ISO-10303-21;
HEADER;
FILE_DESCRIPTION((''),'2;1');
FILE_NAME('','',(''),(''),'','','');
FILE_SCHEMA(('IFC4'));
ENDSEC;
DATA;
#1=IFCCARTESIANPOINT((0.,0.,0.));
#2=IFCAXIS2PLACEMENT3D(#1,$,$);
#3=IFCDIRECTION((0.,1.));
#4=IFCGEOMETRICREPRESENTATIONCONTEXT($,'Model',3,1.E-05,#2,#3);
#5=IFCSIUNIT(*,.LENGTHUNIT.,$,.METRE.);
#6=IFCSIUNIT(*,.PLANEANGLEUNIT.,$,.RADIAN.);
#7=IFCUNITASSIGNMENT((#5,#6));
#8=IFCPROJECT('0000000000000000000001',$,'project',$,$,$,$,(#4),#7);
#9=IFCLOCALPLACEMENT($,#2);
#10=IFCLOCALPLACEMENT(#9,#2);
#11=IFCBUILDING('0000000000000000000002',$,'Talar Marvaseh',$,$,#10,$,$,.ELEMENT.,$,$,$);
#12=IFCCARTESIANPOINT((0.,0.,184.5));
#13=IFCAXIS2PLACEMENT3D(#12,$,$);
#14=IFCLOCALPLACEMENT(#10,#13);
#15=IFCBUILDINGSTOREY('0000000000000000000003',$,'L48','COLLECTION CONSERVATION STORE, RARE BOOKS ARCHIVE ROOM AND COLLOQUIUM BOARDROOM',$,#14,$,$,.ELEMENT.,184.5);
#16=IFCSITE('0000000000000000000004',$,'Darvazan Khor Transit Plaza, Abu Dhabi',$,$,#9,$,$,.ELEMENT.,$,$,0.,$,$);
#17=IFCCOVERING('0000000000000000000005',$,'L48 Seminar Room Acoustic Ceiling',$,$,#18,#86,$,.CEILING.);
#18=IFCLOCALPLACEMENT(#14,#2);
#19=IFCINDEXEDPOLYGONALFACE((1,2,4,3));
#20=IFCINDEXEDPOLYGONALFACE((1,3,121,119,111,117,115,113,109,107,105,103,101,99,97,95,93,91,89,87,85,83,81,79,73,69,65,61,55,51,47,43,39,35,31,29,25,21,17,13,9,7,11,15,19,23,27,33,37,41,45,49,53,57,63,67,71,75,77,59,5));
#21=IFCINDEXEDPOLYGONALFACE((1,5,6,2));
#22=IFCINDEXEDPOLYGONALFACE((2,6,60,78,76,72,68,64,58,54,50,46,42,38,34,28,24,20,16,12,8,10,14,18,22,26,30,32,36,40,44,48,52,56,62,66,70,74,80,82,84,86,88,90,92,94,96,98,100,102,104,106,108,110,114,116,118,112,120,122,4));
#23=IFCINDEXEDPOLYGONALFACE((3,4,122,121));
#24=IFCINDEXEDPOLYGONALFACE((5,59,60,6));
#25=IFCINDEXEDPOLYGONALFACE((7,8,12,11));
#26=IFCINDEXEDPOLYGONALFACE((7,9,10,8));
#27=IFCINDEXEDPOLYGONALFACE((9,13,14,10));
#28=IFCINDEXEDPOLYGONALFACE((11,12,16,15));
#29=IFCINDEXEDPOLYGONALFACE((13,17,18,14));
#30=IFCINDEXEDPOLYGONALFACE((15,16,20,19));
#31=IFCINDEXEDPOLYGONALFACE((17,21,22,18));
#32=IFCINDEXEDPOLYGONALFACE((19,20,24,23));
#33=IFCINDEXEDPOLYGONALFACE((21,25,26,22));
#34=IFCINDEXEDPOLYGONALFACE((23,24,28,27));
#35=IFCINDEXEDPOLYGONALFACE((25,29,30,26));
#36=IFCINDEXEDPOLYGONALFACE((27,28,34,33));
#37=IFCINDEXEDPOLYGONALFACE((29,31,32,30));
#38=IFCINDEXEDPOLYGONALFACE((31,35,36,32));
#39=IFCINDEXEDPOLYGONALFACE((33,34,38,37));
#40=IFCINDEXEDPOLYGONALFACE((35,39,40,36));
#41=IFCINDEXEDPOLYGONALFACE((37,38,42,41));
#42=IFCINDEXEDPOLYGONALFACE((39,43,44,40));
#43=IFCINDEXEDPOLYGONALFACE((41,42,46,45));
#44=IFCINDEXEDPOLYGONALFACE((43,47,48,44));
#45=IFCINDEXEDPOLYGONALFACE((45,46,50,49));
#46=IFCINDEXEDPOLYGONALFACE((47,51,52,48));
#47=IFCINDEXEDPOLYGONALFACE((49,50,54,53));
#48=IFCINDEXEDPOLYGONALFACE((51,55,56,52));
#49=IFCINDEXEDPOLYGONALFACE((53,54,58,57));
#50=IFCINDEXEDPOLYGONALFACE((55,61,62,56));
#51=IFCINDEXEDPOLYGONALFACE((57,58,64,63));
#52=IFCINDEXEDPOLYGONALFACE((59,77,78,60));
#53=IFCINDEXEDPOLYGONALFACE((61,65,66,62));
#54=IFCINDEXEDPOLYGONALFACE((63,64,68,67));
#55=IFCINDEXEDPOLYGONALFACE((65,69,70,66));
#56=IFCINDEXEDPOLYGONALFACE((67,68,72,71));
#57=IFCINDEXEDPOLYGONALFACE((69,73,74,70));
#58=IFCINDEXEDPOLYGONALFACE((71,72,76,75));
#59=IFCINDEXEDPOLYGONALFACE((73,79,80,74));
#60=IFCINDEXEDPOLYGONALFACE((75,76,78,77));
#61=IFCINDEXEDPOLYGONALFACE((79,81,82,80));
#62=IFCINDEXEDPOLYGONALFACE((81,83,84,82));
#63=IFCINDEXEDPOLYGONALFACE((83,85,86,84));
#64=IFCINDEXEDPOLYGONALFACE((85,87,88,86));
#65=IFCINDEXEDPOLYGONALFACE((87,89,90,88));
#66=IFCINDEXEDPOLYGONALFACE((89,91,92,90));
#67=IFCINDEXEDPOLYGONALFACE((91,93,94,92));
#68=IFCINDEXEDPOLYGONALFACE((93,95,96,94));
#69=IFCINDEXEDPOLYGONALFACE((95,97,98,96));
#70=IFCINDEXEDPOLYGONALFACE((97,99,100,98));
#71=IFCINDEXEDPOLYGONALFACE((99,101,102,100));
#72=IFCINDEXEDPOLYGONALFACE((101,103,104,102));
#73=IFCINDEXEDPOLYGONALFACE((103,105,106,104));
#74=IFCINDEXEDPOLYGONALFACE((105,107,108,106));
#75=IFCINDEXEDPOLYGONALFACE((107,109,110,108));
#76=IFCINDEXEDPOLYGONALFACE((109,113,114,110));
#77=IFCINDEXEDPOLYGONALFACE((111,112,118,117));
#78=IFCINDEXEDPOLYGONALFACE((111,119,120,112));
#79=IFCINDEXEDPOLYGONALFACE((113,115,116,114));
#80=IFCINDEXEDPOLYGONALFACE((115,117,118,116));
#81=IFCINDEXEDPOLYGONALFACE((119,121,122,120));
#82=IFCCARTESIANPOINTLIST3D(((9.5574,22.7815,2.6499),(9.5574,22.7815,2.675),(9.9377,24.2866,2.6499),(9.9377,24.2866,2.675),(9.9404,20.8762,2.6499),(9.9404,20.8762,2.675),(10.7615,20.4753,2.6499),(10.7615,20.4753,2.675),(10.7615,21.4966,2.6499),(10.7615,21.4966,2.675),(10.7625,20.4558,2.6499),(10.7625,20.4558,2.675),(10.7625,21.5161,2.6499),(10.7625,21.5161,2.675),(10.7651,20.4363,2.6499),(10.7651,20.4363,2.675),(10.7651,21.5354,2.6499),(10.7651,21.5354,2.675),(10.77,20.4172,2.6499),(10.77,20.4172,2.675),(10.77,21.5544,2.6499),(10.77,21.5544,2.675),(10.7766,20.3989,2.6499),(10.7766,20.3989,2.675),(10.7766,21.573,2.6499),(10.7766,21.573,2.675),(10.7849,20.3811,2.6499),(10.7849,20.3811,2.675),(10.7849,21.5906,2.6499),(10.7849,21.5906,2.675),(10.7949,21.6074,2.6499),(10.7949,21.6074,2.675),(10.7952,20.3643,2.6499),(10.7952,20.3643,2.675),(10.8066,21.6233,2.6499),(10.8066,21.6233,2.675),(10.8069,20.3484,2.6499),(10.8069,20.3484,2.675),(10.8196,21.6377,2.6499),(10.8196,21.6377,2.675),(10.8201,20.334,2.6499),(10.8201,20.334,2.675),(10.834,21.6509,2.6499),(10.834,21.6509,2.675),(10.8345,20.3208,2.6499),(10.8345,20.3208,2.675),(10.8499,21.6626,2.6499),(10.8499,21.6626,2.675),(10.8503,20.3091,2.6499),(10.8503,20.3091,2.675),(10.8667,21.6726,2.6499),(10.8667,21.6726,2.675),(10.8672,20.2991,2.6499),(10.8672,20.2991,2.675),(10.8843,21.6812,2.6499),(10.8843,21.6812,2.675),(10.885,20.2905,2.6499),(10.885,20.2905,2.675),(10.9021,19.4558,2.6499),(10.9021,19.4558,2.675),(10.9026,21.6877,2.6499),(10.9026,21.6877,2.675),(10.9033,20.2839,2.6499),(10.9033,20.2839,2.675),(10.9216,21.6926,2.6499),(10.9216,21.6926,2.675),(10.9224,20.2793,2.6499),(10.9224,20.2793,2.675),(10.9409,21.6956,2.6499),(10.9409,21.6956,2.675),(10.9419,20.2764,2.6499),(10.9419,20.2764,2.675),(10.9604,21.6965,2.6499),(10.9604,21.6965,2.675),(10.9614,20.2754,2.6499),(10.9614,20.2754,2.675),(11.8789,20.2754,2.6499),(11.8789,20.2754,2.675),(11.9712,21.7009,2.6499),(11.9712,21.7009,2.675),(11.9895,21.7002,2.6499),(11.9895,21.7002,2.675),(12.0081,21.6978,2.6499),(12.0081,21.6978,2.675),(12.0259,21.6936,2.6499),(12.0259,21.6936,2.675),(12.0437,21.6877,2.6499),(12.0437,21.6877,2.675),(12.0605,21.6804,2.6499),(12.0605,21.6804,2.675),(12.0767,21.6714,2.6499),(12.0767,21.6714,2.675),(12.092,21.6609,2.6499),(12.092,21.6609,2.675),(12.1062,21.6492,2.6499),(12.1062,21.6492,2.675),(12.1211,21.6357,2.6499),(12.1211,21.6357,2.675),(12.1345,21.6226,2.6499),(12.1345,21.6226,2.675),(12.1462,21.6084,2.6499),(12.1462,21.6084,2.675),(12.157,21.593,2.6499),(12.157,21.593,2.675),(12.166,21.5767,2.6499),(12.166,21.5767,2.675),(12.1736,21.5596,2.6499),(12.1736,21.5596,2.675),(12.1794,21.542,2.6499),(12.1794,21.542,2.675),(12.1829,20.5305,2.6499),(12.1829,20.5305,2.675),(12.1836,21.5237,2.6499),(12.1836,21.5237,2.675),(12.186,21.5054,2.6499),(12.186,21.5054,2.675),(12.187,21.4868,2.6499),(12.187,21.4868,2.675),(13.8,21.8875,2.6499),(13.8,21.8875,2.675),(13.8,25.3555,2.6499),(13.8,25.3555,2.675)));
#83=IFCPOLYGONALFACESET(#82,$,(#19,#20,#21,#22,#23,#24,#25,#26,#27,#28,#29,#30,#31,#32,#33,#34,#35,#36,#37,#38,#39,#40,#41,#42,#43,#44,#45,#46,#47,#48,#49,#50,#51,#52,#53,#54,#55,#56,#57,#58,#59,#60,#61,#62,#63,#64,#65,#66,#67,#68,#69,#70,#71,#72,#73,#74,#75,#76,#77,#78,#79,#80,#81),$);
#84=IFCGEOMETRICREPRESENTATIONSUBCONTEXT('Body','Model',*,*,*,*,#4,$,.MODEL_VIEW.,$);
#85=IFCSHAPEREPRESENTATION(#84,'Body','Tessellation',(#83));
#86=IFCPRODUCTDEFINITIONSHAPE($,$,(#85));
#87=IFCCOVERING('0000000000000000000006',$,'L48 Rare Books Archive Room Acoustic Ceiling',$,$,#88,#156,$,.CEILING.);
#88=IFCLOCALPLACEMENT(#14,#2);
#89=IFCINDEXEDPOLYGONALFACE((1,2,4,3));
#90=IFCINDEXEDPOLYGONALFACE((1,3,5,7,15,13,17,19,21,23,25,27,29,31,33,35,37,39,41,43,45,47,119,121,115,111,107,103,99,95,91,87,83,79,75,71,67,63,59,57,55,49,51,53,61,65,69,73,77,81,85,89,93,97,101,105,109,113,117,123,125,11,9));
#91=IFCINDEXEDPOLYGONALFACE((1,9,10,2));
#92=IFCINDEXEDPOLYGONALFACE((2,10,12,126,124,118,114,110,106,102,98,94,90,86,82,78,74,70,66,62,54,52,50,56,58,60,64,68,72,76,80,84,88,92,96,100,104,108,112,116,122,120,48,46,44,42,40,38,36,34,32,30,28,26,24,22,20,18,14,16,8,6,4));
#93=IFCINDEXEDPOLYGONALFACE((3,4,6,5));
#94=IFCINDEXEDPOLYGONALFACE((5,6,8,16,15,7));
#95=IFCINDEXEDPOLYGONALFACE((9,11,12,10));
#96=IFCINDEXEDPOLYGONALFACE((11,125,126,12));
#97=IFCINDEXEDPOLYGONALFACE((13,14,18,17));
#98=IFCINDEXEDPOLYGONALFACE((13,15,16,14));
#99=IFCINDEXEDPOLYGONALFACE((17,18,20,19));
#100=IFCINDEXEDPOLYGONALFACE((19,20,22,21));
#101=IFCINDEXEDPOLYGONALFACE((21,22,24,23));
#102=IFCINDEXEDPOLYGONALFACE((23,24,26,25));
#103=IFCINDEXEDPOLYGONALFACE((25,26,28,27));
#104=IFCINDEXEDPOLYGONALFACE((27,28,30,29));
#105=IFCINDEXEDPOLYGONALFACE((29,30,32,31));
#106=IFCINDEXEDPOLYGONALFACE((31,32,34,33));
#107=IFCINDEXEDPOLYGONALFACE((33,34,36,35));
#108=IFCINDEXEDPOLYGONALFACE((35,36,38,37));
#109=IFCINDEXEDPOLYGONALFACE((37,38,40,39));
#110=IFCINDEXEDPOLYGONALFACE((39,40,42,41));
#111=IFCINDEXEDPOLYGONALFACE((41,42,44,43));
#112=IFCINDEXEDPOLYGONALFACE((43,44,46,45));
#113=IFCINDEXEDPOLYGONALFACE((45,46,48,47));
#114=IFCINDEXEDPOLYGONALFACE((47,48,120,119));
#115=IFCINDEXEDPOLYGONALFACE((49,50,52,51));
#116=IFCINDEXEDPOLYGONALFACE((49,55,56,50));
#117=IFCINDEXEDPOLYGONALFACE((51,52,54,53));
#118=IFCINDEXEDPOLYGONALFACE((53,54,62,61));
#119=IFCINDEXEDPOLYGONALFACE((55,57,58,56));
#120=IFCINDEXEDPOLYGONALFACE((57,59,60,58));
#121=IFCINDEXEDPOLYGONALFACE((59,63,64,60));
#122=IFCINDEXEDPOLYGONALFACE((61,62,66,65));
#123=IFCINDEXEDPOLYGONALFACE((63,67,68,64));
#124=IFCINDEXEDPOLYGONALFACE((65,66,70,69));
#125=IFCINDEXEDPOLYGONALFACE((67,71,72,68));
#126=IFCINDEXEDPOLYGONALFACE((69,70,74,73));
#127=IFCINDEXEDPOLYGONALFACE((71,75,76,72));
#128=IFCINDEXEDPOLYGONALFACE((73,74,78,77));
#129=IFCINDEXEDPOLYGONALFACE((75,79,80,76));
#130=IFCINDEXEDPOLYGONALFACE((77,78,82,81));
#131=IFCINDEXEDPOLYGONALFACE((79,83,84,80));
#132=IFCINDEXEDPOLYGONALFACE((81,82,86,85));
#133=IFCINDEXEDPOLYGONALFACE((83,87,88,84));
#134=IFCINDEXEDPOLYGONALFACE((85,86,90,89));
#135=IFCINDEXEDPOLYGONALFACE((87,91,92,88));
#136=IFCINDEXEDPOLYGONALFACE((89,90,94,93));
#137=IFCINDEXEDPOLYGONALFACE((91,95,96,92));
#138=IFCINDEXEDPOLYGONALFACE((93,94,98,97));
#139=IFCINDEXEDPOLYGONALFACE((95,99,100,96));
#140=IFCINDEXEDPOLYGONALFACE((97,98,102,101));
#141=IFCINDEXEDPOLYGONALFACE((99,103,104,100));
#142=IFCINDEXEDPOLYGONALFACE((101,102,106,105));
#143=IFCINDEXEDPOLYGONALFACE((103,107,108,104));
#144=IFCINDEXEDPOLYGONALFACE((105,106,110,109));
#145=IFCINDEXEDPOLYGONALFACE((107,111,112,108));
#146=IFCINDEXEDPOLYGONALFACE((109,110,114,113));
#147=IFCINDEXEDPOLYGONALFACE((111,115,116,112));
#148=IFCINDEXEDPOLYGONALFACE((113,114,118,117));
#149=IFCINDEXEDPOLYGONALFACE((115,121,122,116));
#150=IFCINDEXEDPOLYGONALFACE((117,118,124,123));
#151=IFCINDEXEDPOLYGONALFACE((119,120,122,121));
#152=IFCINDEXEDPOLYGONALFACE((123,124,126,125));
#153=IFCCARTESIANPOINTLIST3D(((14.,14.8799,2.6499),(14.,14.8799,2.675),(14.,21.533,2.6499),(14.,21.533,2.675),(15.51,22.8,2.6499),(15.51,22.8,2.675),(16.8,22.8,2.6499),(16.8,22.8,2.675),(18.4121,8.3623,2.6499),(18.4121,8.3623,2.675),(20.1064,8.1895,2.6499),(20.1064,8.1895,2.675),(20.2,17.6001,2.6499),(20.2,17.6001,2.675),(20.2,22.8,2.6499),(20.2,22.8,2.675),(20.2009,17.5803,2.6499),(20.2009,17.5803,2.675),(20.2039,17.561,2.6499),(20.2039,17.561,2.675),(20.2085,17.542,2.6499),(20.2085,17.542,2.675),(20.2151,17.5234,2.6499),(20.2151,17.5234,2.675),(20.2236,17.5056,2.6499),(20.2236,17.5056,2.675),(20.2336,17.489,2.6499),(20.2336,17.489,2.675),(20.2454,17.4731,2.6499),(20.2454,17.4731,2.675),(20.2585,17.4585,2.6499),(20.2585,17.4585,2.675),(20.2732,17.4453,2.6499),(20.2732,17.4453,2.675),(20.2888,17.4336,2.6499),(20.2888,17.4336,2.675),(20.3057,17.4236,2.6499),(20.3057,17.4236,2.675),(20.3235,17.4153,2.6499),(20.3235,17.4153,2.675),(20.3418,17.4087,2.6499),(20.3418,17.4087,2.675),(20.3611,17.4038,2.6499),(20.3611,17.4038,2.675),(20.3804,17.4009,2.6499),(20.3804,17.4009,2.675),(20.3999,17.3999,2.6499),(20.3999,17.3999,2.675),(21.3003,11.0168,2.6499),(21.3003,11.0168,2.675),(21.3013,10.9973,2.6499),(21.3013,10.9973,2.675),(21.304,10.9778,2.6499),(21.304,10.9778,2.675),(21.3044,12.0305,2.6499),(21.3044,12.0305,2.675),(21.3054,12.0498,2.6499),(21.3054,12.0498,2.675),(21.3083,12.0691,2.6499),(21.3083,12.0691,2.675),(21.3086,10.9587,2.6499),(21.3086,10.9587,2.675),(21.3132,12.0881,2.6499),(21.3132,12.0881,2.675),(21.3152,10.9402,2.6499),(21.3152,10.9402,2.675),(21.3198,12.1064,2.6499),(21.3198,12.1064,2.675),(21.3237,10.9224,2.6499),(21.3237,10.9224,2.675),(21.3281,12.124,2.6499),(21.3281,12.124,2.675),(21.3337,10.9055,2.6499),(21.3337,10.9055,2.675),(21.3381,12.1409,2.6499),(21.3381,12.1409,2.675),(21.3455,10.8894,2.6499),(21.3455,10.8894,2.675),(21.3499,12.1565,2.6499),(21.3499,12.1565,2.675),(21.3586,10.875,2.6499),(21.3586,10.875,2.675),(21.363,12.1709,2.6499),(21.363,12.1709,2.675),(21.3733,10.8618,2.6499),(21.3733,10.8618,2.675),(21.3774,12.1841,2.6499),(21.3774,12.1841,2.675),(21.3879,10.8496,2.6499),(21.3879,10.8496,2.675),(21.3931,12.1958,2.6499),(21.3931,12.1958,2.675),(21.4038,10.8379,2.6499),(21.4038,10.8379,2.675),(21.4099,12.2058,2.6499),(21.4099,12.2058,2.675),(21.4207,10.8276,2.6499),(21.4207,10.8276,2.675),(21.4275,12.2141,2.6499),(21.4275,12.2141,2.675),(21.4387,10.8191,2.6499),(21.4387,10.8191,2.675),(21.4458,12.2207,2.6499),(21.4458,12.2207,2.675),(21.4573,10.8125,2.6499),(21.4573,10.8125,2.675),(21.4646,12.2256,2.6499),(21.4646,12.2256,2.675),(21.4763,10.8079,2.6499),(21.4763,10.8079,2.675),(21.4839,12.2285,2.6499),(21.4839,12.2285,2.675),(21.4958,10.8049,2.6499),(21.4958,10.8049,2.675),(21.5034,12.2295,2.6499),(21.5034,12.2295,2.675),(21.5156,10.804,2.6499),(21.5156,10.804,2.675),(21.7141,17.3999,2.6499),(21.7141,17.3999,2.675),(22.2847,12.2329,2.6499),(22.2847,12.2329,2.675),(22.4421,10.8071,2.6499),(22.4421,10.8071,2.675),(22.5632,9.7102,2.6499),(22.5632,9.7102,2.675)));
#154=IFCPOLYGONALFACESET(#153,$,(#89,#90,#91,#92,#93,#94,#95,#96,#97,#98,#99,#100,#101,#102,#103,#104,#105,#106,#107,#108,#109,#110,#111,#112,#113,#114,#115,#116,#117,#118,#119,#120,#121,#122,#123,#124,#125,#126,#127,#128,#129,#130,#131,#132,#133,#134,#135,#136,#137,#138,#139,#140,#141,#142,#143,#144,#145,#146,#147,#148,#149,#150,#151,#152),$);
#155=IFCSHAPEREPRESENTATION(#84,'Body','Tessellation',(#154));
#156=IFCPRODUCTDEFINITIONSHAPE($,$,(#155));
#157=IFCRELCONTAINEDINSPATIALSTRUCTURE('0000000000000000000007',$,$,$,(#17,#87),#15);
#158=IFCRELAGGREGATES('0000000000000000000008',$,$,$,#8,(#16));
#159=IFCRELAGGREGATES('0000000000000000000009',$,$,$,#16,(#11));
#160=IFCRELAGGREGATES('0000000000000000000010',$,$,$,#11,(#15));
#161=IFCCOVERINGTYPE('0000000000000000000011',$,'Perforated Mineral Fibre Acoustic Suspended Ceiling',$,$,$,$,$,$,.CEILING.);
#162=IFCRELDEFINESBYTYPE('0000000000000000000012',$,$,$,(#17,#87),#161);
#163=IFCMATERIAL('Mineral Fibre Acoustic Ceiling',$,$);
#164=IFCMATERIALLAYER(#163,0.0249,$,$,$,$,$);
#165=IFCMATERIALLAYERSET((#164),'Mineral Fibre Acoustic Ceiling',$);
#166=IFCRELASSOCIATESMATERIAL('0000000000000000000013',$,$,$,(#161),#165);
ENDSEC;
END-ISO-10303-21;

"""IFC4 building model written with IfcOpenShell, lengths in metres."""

from ifc_helpers import new_model, si_unit, direction, frame, origin, place, context, subcontext, project, spatial, polyline, outline, extrude, material, layer, layer_set, type_object, element, save


model = new_model("IFC4")

# Units and contexts
model_context = context("Model", 3, precision=1e-05, world=origin(), true_north=direction((0.0, 1.0)))
body_context = subcontext(model_context, "Body", "Model", "MODEL_VIEW")
ifc_project = project(units=[si_unit("LENGTHUNIT", "METRE"), si_unit("PLANEANGLEUNIT", "RADIAN")], contexts=[model_context])

# Site, building, storey
site_placement = place(None, origin())
site = spatial("IfcSite", under=ifc_project, at=site_placement, Name="Darvazan Khor Transit Plaza, Abu Dhabi", CompositionType="ELEMENT", RefElevation=0.0)
building_placement = place(site_placement, origin())
building = spatial("IfcBuilding", under=site, at=building_placement, Name="Talar Marvaseh", CompositionType="ELEMENT")
storey_placement = place(building_placement, frame((0.0, 0.0, 184.5)))
storey = spatial("IfcBuildingStorey", under=building, at=storey_placement, Name="L48", Description="COLLECTION CONSERVATION STORE, RARE BOOKS ARCHIVE ROOM AND COLLOQUIUM BOARDROOM", CompositionType="ELEMENT", Elevation=184.5)

# Coverings
ifc_material_1 = material(Name="Mineral Fibre Acoustic Ceiling")
ifc_layer_1 = layer(ifc_material_1, 0.0249)
ifc_layer_set_1 = layer_set([ifc_layer_1], Name="Mineral Fibre Acoustic Ceiling")
covering_type_1 = type_object("IfcCoveringType", Name="Perforated Mineral Fibre Acoustic Suspended Ceiling", PredefinedType="CEILING", material=ifc_layer_set_1)
covering_1_placement = place(storey_placement, frame((0.0, 0.0, 2.6499)))
element("IfcCovering", 1, at=covering_1_placement, inside=storey, type_object=covering_type_1, Name="L48 Seminar Room Acoustic Ceiling", PredefinedType="CEILING", context=body_context, shape_type="SweptSolid", body=[
    extrude(outline(polyline([(13.8, 25.3555), (13.8, 21.8875), (12.1829, 20.5305), (12.187, 21.4868), (12.186, 21.5054), (12.1836, 21.5237), (12.1794, 21.542), (12.1736, 21.5596), (12.166, 21.5767), (12.157, 21.593), (12.1462, 21.6084), (12.1345, 21.6226), (12.1211, 21.6357), (12.1062, 21.6492), (12.092, 21.6609), (12.0767, 21.6714), (12.0605, 21.6804), (12.0437, 21.6877), (12.0259, 21.6936), (12.0081, 21.6978), (11.9895, 21.7002), (11.9712, 21.7009), (10.9604, 21.6965), (10.9409, 21.6956), (10.9216, 21.6926), (10.9026, 21.6877), (10.8843, 21.6812), (10.8667, 21.6726), (10.8499, 21.6626), (10.834, 21.6509), (10.8196, 21.6377), (10.8066, 21.6233), (10.7949, 21.6074), (10.7849, 21.5906), (10.7766, 21.573), (10.77, 21.5544), (10.7651, 21.5354), (10.7625, 21.5161), (10.7615, 21.4966), (10.7615, 20.4753), (10.7625, 20.4558), (10.7651, 20.4363), (10.77, 20.4172), (10.7766, 20.3989), (10.7849, 20.3811), (10.7952, 20.3643), (10.8069, 20.3484), (10.8201, 20.334), (10.8345, 20.3208), (10.8503, 20.3091), (10.8672, 20.2991), (10.885, 20.2905), (10.9033, 20.2839), (10.9224, 20.2793), (10.9419, 20.2764), (10.9614, 20.2754), (11.8789, 20.2754), (10.9021, 19.4558), (9.9404, 20.8762), (9.5574, 22.7815), (9.9377, 24.2866), (13.8, 25.3555)])), origin(), (0.0, 0.0, 1.0), 0.0251),
])
covering_2_placement = place(storey_placement, frame((0.0, 0.0, 2.6499)))
element("IfcCovering", 2, at=covering_2_placement, inside=storey, type_object=covering_type_1, Name="L48 Rare Books Archive Room Acoustic Ceiling", PredefinedType="CEILING", context=body_context, shape_type="SweptSolid", body=[
    extrude(outline(polyline([(16.8, 22.8), (20.2, 22.8), (20.2, 17.6001), (20.2009, 17.5803), (20.2039, 17.561), (20.2085, 17.542), (20.2151, 17.5234), (20.2236, 17.5056), (20.2336, 17.489), (20.2454, 17.4731), (20.2585, 17.4585), (20.2732, 17.4453), (20.2888, 17.4336), (20.3057, 17.4236), (20.3235, 17.4153), (20.3418, 17.4087), (20.3611, 17.4038), (20.3804, 17.4009), (20.3999, 17.3999), (21.7141, 17.3999), (22.2847, 12.2329), (21.5034, 12.2295), (21.4839, 12.2285), (21.4646, 12.2256), (21.4458, 12.2207), (21.4275, 12.2141), (21.4099, 12.2058), (21.3931, 12.1958), (21.3774, 12.1841), (21.363, 12.1709), (21.3499, 12.1565), (21.3381, 12.1409), (21.3281, 12.124), (21.3198, 12.1064), (21.3132, 12.0881), (21.3083, 12.0691), (21.3054, 12.0498), (21.3044, 12.0305), (21.3003, 11.0168), (21.3013, 10.9973), (21.304, 10.9778), (21.3086, 10.9587), (21.3152, 10.9402), (21.3237, 10.9224), (21.3337, 10.9055), (21.3455, 10.8894), (21.3586, 10.875), (21.3733, 10.8618), (21.3879, 10.8496), (21.4038, 10.8379), (21.4207, 10.8276), (21.4387, 10.8191), (21.4573, 10.8125), (21.4763, 10.8079), (21.4958, 10.8049), (21.5156, 10.804), (22.4421, 10.8071), (22.5632, 9.7102), (20.1064, 8.1895), (18.4121, 8.3623), (14.0, 14.8799), (14.0, 21.533), (15.51, 22.8), (16.8, 22.8)])), origin(), (0.0, 0.0, 1.0), 0.0251),
])

save(model, "model.ifc")
